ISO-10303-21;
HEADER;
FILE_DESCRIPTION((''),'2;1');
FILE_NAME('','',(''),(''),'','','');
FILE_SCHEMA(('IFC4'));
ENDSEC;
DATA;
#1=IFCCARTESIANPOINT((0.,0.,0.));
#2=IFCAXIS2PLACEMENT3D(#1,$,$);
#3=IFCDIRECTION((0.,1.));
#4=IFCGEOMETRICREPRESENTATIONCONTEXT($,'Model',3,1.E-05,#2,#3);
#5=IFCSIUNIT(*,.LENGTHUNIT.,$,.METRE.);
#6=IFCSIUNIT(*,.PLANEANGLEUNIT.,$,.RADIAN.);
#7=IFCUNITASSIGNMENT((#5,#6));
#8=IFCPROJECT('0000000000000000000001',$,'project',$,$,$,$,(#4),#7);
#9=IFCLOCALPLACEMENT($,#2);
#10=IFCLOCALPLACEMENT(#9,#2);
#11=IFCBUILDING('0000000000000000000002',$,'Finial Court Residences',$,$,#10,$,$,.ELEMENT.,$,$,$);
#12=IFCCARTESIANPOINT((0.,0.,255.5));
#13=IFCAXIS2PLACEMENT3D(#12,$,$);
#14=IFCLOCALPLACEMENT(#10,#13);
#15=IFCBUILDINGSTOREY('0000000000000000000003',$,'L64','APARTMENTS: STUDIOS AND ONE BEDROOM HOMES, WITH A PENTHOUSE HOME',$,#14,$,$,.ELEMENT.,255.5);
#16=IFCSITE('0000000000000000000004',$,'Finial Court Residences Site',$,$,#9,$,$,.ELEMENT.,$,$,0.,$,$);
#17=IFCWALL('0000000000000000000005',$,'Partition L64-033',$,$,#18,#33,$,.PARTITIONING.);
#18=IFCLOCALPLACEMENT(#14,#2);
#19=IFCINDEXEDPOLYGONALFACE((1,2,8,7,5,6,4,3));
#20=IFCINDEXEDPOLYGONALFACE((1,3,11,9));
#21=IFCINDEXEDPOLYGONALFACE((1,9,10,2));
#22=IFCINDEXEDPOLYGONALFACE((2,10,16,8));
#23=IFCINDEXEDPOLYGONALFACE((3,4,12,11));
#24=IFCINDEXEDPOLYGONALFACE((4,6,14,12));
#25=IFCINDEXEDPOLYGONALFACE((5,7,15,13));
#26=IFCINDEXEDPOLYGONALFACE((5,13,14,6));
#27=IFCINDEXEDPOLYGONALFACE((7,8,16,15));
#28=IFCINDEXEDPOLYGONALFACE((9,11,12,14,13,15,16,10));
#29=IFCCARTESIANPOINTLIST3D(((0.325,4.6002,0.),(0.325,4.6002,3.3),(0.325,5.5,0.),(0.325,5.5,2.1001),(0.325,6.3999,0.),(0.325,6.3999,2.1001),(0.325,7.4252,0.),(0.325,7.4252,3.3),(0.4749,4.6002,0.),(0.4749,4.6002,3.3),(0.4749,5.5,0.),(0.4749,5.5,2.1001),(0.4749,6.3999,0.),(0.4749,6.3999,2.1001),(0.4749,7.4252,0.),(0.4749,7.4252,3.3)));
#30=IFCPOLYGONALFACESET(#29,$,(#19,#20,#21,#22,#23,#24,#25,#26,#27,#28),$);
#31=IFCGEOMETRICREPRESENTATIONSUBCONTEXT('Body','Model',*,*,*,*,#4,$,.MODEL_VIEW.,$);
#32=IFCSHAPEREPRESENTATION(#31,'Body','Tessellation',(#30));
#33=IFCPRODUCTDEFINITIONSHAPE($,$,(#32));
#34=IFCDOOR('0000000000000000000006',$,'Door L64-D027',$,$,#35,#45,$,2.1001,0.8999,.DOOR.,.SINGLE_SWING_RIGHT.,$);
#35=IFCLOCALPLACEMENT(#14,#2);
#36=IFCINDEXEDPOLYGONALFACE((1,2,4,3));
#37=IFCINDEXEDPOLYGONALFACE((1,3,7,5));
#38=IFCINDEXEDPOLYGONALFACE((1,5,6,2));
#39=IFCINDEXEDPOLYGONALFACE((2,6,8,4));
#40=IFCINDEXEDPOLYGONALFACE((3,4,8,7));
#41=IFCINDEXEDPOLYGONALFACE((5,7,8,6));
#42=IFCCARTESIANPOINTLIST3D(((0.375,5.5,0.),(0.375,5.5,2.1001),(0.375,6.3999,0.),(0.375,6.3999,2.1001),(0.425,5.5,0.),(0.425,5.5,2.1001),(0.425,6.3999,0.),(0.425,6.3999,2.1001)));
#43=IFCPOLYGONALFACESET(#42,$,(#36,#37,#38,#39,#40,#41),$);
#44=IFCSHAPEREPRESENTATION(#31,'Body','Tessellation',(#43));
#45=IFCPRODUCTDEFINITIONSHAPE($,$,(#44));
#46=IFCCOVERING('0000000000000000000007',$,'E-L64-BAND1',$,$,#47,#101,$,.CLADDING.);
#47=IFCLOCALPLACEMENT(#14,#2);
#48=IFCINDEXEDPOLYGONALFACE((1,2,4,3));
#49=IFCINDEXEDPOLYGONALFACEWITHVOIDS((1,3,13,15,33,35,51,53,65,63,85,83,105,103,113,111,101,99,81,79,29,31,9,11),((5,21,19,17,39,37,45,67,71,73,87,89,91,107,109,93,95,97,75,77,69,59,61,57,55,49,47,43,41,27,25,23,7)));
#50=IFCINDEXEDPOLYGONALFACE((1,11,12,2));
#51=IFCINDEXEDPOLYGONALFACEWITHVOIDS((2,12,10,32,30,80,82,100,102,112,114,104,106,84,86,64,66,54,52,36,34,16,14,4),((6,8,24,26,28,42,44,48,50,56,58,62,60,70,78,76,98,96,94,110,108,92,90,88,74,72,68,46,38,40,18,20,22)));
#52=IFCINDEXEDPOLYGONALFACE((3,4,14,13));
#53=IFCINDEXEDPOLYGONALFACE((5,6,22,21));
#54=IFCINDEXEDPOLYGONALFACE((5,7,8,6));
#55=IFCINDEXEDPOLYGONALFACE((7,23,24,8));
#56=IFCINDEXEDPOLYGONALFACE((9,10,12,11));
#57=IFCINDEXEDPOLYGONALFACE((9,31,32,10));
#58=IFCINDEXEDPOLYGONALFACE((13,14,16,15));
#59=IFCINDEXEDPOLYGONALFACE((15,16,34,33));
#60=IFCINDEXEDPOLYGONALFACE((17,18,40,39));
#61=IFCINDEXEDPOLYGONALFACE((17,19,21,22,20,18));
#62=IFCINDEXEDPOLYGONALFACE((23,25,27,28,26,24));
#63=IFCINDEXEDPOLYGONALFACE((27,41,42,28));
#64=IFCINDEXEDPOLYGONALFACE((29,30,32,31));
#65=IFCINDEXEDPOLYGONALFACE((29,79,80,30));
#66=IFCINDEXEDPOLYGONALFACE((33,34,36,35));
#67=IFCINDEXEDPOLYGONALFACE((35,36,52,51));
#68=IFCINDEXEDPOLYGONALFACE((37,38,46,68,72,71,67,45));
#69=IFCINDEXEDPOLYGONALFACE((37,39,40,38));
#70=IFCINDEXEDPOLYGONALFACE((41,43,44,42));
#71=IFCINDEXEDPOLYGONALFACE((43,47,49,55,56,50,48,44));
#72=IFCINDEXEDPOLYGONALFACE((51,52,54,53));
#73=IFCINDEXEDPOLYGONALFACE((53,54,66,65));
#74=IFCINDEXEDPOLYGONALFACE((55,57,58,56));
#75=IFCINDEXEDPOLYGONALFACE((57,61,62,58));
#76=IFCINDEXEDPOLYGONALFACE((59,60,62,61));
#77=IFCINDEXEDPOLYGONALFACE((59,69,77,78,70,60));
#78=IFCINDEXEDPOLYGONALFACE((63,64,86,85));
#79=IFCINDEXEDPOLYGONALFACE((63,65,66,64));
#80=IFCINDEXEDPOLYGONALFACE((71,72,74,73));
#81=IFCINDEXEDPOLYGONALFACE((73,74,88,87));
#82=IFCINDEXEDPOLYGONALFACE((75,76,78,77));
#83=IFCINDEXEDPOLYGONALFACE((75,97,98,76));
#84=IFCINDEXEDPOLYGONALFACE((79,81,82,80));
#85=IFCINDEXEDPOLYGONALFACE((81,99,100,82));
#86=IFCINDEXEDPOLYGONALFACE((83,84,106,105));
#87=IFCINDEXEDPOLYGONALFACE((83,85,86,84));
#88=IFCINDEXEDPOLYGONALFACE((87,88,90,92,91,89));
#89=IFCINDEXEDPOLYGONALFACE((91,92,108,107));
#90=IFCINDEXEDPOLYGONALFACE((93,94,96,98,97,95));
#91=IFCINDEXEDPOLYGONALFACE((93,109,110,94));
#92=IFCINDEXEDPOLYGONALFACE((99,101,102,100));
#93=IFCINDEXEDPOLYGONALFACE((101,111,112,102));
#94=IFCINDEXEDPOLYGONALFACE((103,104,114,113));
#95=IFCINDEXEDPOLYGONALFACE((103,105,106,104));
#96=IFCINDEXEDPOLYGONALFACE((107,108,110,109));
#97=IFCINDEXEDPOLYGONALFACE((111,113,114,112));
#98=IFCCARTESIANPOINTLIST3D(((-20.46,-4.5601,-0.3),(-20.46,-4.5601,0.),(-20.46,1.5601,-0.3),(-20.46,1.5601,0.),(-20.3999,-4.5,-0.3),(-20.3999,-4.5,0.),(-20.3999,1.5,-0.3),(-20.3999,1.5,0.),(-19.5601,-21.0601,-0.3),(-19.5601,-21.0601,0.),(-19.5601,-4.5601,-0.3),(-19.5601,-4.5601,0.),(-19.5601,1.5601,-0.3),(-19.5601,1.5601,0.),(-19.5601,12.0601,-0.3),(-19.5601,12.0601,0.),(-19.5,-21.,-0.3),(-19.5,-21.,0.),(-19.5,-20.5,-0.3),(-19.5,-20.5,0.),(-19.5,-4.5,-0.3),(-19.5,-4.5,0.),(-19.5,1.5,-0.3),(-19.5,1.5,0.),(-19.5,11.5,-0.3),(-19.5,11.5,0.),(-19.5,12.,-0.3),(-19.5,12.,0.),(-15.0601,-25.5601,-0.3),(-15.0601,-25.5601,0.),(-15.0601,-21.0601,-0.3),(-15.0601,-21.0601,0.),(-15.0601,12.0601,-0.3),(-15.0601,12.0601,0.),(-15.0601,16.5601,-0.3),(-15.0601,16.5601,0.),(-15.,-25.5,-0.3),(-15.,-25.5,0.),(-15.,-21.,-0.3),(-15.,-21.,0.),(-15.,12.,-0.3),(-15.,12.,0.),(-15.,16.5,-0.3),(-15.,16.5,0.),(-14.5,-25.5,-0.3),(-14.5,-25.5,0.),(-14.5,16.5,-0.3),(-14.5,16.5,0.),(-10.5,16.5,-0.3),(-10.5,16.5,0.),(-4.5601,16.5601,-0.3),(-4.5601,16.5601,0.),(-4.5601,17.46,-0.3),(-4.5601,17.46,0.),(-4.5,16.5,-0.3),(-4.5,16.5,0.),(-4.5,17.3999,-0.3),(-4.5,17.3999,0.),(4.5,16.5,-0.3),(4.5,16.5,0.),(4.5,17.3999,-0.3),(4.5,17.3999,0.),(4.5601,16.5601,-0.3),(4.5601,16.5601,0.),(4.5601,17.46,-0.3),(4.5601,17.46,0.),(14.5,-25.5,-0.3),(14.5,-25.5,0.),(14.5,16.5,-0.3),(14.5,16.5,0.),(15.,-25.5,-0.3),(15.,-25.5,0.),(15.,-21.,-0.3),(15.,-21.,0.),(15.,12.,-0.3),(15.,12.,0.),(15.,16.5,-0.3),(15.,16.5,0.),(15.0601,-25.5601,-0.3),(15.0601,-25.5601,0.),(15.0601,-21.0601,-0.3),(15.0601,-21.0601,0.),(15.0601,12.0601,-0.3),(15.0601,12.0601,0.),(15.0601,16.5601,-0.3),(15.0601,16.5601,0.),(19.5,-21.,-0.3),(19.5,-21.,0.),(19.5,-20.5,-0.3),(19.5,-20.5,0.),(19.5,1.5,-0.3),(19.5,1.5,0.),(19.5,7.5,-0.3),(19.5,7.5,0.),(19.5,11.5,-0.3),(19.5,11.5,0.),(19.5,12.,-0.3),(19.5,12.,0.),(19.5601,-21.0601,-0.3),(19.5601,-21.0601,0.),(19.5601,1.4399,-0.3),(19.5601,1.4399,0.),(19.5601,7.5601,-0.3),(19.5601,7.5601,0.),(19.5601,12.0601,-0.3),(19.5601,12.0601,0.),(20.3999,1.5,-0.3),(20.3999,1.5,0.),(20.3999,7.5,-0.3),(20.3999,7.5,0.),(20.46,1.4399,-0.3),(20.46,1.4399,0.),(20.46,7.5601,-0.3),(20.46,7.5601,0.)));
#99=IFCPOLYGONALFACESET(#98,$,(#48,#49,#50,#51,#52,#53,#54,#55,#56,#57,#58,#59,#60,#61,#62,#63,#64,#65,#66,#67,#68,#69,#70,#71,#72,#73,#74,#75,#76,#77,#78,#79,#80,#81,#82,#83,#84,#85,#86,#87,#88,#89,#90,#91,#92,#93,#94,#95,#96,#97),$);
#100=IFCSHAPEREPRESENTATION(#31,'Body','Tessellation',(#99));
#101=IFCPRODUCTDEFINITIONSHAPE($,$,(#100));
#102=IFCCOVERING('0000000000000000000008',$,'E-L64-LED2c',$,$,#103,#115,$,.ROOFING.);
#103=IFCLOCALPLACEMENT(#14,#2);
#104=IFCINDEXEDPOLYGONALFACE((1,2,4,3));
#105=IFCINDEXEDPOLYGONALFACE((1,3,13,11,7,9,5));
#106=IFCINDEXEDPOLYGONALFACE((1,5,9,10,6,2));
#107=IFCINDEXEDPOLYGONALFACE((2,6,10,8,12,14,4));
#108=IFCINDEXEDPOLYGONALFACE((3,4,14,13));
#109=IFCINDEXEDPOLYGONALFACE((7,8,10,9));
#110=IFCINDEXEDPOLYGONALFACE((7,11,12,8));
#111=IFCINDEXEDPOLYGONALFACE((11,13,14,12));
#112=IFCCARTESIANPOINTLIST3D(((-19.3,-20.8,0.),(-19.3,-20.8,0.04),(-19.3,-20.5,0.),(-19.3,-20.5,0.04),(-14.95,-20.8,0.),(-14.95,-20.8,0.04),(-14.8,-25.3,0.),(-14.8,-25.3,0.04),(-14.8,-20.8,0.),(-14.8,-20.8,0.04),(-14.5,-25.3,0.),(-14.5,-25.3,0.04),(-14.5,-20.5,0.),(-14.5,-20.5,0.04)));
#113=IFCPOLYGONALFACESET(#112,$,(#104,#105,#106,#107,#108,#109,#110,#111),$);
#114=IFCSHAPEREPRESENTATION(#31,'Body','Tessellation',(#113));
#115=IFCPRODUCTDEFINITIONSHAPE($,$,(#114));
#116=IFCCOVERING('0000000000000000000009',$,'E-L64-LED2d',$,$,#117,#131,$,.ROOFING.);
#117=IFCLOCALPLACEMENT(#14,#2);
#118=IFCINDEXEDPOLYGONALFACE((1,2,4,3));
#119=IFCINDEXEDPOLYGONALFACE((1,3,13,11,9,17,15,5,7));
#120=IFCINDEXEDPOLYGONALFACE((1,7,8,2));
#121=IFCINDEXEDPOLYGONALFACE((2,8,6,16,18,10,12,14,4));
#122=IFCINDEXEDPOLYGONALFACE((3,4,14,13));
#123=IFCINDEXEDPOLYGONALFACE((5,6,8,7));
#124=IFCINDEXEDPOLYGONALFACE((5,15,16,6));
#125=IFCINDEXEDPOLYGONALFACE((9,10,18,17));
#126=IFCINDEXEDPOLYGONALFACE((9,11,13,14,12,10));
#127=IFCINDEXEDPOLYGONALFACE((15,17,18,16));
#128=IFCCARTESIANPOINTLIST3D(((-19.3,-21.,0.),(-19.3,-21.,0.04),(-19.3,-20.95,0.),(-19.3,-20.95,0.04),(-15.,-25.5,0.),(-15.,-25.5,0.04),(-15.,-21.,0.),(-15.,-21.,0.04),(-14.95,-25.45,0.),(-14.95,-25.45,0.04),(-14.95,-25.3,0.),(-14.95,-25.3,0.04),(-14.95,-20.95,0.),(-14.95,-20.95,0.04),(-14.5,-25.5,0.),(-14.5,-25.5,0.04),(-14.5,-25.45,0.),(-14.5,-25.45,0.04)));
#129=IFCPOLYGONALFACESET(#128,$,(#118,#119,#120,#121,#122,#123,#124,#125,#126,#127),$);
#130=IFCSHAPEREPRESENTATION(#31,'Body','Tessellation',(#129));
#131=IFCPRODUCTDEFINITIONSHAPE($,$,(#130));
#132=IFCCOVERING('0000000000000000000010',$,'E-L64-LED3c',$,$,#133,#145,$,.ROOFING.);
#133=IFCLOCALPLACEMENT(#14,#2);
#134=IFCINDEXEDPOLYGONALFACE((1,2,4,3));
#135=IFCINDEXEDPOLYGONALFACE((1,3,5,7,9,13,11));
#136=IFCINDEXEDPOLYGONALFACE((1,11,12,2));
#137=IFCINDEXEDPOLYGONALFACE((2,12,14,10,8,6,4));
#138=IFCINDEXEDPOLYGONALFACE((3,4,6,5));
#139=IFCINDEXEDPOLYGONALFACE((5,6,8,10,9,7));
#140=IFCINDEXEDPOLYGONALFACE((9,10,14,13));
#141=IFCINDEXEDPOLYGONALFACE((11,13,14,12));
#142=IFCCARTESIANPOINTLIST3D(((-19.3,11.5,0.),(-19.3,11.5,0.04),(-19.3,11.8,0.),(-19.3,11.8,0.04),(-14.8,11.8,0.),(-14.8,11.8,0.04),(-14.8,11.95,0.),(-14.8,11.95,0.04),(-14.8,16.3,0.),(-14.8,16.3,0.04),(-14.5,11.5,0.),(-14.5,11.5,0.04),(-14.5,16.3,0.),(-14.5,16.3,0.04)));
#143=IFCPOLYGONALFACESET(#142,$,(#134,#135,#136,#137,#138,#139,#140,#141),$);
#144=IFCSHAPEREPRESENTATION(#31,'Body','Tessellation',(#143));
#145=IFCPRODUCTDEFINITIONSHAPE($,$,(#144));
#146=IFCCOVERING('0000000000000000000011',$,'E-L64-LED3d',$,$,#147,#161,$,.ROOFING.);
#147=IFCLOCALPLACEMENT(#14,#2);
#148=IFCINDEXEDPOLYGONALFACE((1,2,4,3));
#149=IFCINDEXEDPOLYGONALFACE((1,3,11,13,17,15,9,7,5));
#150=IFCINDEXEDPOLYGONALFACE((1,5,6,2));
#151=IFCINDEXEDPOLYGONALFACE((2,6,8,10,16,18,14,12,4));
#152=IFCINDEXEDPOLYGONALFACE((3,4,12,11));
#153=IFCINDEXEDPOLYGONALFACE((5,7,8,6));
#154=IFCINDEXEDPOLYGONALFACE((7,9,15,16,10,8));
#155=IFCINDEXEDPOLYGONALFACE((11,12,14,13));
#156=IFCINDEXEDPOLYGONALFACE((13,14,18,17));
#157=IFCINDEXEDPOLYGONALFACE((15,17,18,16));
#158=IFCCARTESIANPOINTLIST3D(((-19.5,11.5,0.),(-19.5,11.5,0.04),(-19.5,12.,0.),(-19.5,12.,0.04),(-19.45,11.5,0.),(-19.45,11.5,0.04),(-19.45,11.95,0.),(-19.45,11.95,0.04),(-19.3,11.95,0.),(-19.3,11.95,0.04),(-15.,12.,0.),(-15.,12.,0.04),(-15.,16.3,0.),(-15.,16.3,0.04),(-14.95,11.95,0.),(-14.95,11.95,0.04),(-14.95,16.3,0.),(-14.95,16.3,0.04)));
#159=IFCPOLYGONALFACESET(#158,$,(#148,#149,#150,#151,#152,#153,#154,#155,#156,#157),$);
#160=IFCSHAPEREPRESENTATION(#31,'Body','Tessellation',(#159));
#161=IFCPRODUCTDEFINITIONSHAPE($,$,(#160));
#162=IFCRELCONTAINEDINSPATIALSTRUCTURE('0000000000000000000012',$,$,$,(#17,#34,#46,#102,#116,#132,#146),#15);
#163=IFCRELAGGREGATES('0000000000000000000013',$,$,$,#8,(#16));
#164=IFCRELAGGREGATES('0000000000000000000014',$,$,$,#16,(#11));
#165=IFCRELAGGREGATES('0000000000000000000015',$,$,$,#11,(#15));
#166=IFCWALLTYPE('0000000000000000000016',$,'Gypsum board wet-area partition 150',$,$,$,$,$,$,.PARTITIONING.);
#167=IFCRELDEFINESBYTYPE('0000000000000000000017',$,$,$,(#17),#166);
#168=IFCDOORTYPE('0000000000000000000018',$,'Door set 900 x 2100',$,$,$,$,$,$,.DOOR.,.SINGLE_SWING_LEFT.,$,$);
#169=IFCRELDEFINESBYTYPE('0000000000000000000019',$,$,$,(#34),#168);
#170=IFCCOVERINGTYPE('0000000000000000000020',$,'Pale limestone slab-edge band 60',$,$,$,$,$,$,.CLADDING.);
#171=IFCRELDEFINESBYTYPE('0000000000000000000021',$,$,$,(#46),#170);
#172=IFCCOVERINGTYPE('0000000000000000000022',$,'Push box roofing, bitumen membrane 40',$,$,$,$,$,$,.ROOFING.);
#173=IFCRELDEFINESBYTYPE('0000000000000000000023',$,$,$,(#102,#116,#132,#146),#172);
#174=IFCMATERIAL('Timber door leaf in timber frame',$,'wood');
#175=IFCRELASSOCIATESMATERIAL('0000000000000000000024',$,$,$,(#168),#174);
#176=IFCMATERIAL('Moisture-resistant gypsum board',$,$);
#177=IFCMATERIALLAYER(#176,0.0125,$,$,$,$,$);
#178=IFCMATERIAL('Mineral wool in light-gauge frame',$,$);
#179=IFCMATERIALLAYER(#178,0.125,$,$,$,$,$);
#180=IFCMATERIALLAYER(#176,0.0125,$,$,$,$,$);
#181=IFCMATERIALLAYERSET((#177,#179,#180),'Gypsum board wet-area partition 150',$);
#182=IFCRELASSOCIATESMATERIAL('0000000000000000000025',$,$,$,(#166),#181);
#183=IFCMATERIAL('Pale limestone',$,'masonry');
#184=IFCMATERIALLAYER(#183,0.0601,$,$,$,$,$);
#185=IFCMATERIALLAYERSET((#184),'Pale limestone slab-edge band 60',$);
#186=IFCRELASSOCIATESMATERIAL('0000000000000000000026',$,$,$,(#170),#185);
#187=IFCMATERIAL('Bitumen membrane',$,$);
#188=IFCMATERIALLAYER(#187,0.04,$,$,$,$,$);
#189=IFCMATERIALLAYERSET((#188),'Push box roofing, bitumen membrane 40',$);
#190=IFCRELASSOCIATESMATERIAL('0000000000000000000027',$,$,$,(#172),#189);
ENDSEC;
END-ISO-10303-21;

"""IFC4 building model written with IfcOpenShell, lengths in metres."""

from ifc_helpers import new_model, si_unit, direction, frame, frame_2d, origin, place, context, subcontext, project, spatial, polyline, rectangle, outline, extrude, material, layer, layer_set, type_object, element, fill, save


model = new_model("IFC4")

# Units and contexts
model_context = context("Model", 3, precision=1e-05, world=origin(), true_north=direction((0.0, 1.0)))
body_context = subcontext(model_context, "Body", "Model", "MODEL_VIEW")
ifc_project = project(units=[si_unit("LENGTHUNIT", "METRE"), si_unit("PLANEANGLEUNIT", "RADIAN")], contexts=[model_context])

# Site, building, storey
site_placement = place(None, origin())
site = spatial("IfcSite", under=ifc_project, at=site_placement, Name="Finial Court Residences Site", CompositionType="ELEMENT", RefElevation=0.0)
building_placement = place(site_placement, origin())
building = spatial("IfcBuilding", under=site, at=building_placement, Name="Finial Court Residences", CompositionType="ELEMENT")
storey_placement = place(building_placement, frame((0.0, 0.0, 255.5)))
storey = spatial("IfcBuildingStorey", under=building, at=storey_placement, Name="L64", Description="APARTMENTS: STUDIOS AND ONE BEDROOM HOMES, WITH A PENTHOUSE HOME", CompositionType="ELEMENT", Elevation=255.5)

# Shared definitions
ifc_material_1 = material(Name="Mineral wool in light-gauge frame")
ifc_material_2 = material(Name="Timber door leaf in timber frame", Category="wood")
door_type = type_object("IfcDoorType", Name="Door set 900 x 2100", OperationType="SINGLE_SWING_LEFT", PredefinedType="DOOR", material=ifc_material_2)
ifc_material_3 = material(Name="Moisture-resistant gypsum board")
ifc_layer_1 = layer(ifc_material_3, 0.0125)
ifc_layer_2 = layer(ifc_material_1, 0.125)
ifc_layer_3 = layer(ifc_material_3, 0.0125)
ifc_layer_set_1 = layer_set([ifc_layer_1, ifc_layer_2, ifc_layer_3], Name="Gypsum board wet-area partition 150")
wall_type_1 = type_object("IfcWallType", Name="Gypsum board wet-area partition 150", PredefinedType="PARTITIONING", material=ifc_layer_set_1)

# Wall, opening, door
wall_1_placement = place(storey_placement, frame((0.3999, 4.6001, 0.0), z_axis=(0.0, 0.0, 1.0), x_axis=(0.0, 1.0, 0.0)))
wall_1 = element("IfcWall", 1, at=wall_1_placement, inside=storey, type_object=wall_type_1, Name="Partition L64-033", PredefinedType="PARTITIONING", context=body_context, shape_type="SweptSolid", body=[
    extrude(rectangle(XDim=2.825, YDim=0.1499, at=frame_2d((1.4126, 0.0))), origin(), (0.0, 0.0, 1.0), 3.3),
])
opening_1_placement = place(wall_1_placement, frame((0.8999, 0.0, 0.0)))
opening_1 = element("IfcOpeningElement", 2, at=opening_1_placement, cuts=wall_1, PredefinedType="OPENING", context=body_context, shape_type="SweptSolid", body=[
    extrude(rectangle(XDim=0.8999, YDim=2.1001, at=frame_2d((0.45, 1.05))), frame((0.0, 0.085, 0.0), z_axis=(0.0, -1.0, 0.0), x_axis=(1.0, 0.0, 0.0)), (0.0, 0.0, 1.0), 0.1699),
])
door_1_placement = place(opening_1_placement, origin())
door_1 = element("IfcDoor", 3, at=door_1_placement, inside=storey, type_object=door_type, Name="Door L64-D027", OperationType="SINGLE_SWING_RIGHT", OverallHeight=2.1001, OverallWidth=0.8999, PredefinedType="DOOR", context=body_context, shape_type="SweptSolid", body=[
    extrude(rectangle(XDim=0.8999, YDim=2.1001, at=frame_2d((0.45, 1.05))), frame((0.0, 0.0249, 0.0), z_axis=(0.0, -1.0, 0.0), x_axis=(1.0, 0.0, 0.0)), (0.0, 0.0, 1.0), 0.05),
])
fill(opening_1, door_1)

# Coverings
ifc_material_4 = material(Name="Pale limestone", Category="masonry")
ifc_layer_4 = layer(ifc_material_4, 0.0601)
ifc_layer_set_2 = layer_set([ifc_layer_4], Name="Pale limestone slab-edge band 60")
covering_type_1 = type_object("IfcCoveringType", Name="Pale limestone slab-edge band 60", PredefinedType="CLADDING", material=ifc_layer_set_2)
covering_1_placement = place(storey_placement, frame((0.0, 0.0, -0.3)))
element("IfcCovering", 4, at=covering_1_placement, inside=storey, type_object=covering_type_1, Name="E-L64-BAND1", PredefinedType="CLADDING", context=body_context, shape_type="SweptSolid", body=[
    extrude(outline(polyline([(-20.46, -4.5601), (-20.46, 1.5601), (-19.5601, 1.5601), (-19.5601, 12.0601), (-15.0601, 12.0601), (-15.0601, 16.5601), (-4.5601, 16.5601), (-4.5601, 17.46), (4.5601, 17.46), (4.5601, 16.5601), (15.0601, 16.5601), (15.0601, 12.0601), (19.5601, 12.0601), (19.5601, 7.5601), (20.46, 7.5601), (20.46, 1.4399), (19.5601, 1.4399), (19.5601, -21.0601), (15.0601, -21.0601), (15.0601, -25.5601), (-15.0601, -25.5601), (-15.0601, -21.0601), (-19.5601, -21.0601), (-19.5601, -4.5601), (-20.46, -4.5601)]), holes=[polyline([(-19.5, -21.0), (-15.0, -21.0), (-15.0, -25.5), (-14.5, -25.5), (14.5, -25.5), (15.0, -25.5), (15.0, -21.0), (19.5, -21.0), (19.5, -20.5), (19.5, 1.5), (20.3999, 1.5), (20.3999, 7.5), (19.5, 7.5), (19.5, 11.5), (19.5, 12.0), (15.0, 12.0), (15.0, 16.5), (14.5, 16.5), (4.5, 16.5), (4.5, 17.3999), (-4.5, 17.3999), (-4.5, 16.5), (-10.5, 16.5), (-14.5, 16.5), (-15.0, 16.5), (-15.0, 12.0), (-19.5, 12.0), (-19.5, 11.5), (-19.5, 1.5), (-20.3999, 1.5), (-20.3999, -4.5), (-19.5, -4.5), (-19.5, -20.5), (-19.5, -21.0)])]), origin(), (0.0, 0.0, 1.0), 0.3),
])
ifc_material_5 = material(Name="Bitumen membrane")
ifc_layer_5 = layer(ifc_material_5, 0.04)
ifc_layer_set_3 = layer_set([ifc_layer_5], Name="Push box roofing, bitumen membrane 40")
covering_type_2 = type_object("IfcCoveringType", Name="Push box roofing, bitumen membrane 40", PredefinedType="ROOFING", material=ifc_layer_set_3)
covering_2_placement = place(storey_placement, origin())
element("IfcCovering", 5, at=covering_2_placement, inside=storey, type_object=covering_type_2, Name="E-L64-LED2c", PredefinedType="ROOFING", context=body_context, shape_type="SweptSolid", body=[
    extrude(outline(polyline([(-14.5, -20.5), (-14.5, -25.3), (-14.8, -25.3), (-14.8, -20.8), (-14.95, -20.8), (-19.3, -20.8), (-19.3, -20.5), (-14.5, -20.5)])), origin(), (0.0, 0.0, 1.0), 0.04),
])
covering_3_placement = place(storey_placement, origin())
element("IfcCovering", 6, at=covering_3_placement, inside=storey, type_object=covering_type_2, Name="E-L64-LED2d", PredefinedType="ROOFING", context=body_context, shape_type="SweptSolid", body=[
    extrude(outline(polyline([(-14.5, -25.5), (-15.0, -25.5), (-15.0, -21.0), (-19.3, -21.0), (-19.3, -20.95), (-14.95, -20.95), (-14.95, -25.3), (-14.95, -25.45), (-14.5, -25.45), (-14.5, -25.5)])), origin(), (0.0, 0.0, 1.0), 0.04),
])
covering_4_placement = place(storey_placement, origin())
element("IfcCovering", 7, at=covering_4_placement, inside=storey, type_object=covering_type_2, Name="E-L64-LED3c", PredefinedType="ROOFING", context=body_context, shape_type="SweptSolid", body=[
    extrude(outline(polyline([(-14.5, 11.5), (-19.3, 11.5), (-19.3, 11.8), (-14.8, 11.8), (-14.8, 11.95), (-14.8, 16.3), (-14.5, 16.3), (-14.5, 11.5)])), origin(), (0.0, 0.0, 1.0), 0.04),
])
covering_5_placement = place(storey_placement, origin())
element("IfcCovering", 8, at=covering_5_placement, inside=storey, type_object=covering_type_2, Name="E-L64-LED3d", PredefinedType="ROOFING", context=body_context, shape_type="SweptSolid", body=[
    extrude(outline(polyline([(-19.5, 11.5), (-19.5, 12.0), (-15.0, 12.0), (-15.0, 16.3), (-14.95, 16.3), (-14.95, 11.95), (-19.3, 11.95), (-19.45, 11.95), (-19.45, 11.5), (-19.5, 11.5)])), origin(), (0.0, 0.0, 1.0), 0.04),
])

save(model, "model.ifc")
